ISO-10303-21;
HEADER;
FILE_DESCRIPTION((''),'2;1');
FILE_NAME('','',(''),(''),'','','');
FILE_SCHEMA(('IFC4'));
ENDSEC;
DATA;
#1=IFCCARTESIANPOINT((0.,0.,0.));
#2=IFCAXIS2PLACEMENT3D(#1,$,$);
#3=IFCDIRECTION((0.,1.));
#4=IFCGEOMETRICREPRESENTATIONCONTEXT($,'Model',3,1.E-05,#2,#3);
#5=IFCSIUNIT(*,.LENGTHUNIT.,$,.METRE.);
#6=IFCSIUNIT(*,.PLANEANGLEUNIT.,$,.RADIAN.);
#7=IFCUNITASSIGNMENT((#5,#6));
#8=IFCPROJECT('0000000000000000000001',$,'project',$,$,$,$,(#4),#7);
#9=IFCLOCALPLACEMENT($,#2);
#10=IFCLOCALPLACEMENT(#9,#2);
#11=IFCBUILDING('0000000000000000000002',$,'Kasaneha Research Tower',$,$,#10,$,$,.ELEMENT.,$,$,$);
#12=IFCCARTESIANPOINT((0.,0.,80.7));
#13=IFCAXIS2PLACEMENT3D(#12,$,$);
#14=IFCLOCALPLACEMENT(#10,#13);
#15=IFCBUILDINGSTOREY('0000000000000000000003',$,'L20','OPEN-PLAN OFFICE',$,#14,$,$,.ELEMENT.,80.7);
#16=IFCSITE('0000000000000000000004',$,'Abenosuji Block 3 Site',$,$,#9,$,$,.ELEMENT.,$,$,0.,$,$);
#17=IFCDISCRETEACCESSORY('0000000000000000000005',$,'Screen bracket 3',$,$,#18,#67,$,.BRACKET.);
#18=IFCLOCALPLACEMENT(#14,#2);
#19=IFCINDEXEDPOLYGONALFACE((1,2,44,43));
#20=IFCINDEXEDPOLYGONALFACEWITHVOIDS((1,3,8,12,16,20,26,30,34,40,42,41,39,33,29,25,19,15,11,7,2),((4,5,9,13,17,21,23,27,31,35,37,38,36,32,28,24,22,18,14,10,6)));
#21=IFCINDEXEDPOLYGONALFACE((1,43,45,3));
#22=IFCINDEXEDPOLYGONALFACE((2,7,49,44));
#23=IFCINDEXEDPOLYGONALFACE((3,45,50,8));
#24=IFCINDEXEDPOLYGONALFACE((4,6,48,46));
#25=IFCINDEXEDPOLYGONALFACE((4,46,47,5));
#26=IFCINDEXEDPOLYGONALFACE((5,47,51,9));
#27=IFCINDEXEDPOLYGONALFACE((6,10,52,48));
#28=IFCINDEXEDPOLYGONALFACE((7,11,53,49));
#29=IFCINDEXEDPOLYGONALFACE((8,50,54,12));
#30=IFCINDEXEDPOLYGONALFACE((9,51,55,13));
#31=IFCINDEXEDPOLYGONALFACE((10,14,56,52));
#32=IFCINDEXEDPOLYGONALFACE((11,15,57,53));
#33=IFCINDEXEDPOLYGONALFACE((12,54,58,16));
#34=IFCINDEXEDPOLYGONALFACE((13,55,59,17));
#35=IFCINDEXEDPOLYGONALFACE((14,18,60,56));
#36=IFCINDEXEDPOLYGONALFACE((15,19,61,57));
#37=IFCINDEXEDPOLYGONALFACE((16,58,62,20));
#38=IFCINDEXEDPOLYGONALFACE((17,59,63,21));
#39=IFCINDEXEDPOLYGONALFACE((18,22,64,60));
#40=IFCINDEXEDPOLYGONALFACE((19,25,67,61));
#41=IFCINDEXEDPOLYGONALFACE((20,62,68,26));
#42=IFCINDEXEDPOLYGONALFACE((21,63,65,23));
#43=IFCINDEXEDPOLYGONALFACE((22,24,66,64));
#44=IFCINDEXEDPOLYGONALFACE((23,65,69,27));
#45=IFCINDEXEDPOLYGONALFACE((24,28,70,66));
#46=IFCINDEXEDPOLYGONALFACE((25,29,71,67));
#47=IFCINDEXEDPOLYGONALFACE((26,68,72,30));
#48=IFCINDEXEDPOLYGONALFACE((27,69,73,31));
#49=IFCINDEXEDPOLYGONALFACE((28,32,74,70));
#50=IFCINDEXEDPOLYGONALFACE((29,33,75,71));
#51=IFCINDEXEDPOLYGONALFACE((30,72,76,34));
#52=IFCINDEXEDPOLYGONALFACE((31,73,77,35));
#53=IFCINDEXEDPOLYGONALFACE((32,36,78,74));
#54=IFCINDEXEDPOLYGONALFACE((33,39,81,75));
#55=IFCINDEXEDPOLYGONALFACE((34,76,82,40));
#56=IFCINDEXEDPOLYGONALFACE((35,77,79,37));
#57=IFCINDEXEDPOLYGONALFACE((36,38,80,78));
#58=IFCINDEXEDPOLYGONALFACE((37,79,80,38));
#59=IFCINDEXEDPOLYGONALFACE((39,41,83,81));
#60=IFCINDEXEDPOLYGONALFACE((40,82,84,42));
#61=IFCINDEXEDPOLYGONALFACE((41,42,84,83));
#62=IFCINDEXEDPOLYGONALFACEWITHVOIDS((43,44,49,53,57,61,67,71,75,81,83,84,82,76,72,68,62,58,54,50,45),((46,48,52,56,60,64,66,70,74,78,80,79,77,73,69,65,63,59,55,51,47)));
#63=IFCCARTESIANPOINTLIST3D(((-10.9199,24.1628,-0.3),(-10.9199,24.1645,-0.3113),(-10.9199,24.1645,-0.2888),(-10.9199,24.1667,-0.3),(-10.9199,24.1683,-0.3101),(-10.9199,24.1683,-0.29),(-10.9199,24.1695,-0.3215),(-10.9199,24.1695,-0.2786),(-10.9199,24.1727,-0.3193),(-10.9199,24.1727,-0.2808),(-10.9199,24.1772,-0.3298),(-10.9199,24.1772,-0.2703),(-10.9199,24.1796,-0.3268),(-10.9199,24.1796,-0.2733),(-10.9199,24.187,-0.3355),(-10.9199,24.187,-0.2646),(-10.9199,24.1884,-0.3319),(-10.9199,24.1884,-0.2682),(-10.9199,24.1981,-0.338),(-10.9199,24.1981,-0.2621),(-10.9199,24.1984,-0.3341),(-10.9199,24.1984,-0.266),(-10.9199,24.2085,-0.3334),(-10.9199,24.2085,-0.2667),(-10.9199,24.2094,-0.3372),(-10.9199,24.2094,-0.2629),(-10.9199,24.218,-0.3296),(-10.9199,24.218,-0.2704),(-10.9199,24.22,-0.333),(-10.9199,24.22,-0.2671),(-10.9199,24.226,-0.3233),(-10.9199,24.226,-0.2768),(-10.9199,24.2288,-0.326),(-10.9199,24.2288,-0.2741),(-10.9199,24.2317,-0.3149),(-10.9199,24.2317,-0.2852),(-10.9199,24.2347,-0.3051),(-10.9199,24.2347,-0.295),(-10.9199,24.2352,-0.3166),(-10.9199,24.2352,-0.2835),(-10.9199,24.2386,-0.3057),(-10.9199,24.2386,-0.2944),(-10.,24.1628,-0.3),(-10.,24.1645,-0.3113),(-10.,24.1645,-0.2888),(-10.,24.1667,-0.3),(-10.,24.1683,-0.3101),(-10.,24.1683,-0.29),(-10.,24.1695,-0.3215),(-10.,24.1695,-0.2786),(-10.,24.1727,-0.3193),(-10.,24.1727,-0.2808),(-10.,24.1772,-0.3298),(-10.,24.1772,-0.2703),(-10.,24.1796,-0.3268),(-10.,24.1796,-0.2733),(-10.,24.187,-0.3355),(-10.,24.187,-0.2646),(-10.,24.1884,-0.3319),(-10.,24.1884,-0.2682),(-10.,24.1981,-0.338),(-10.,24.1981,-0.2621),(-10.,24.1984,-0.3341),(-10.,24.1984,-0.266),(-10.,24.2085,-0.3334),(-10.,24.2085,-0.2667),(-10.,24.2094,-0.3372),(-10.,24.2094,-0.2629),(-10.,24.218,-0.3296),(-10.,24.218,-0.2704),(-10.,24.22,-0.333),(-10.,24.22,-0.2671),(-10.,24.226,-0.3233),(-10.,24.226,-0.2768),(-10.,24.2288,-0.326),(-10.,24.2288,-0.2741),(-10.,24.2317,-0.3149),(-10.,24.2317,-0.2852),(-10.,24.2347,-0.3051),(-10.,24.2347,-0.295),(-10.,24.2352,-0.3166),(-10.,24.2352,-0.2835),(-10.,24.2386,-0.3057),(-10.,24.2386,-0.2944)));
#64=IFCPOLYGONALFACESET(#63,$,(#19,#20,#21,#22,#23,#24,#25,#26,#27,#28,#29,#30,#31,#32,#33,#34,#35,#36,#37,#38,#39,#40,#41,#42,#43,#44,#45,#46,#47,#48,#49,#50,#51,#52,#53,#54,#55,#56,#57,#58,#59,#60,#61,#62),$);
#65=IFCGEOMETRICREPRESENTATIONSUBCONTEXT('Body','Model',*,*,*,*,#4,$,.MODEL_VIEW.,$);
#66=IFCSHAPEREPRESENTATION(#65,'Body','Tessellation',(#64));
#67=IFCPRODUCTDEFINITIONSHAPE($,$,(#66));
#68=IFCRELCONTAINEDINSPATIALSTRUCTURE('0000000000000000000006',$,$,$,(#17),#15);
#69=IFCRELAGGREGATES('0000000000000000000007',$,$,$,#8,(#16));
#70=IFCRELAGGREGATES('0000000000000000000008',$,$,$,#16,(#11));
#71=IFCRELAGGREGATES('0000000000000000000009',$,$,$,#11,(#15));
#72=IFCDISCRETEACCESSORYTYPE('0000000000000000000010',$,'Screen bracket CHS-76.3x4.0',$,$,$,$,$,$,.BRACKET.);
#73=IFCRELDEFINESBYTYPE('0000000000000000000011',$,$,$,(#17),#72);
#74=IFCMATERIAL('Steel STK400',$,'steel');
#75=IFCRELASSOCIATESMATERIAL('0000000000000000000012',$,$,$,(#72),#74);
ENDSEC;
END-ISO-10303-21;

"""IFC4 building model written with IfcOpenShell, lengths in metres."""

from ifc_helpers import new_model, si_unit, direction, frame, origin, origin_2d, place, context, subcontext, project, spatial, hollow_circle, extrude, material, material_profile, profile_set, type_object, element, save


model = new_model("IFC4")

# Units and contexts
model_context = context("Model", 3, precision=1e-05, world=origin(), true_north=direction((0.0, 1.0)))
body_context = subcontext(model_context, "Body", "Model", "MODEL_VIEW")
ifc_project = project(units=[si_unit("LENGTHUNIT", "METRE"), si_unit("PLANEANGLEUNIT", "RADIAN")], contexts=[model_context])

# Site, building, storey
site_placement = place(None, origin())
site = spatial("IfcSite", under=ifc_project, at=site_placement, Name="Abenosuji Block 3 Site", CompositionType="ELEMENT", RefElevation=0.0)
building_placement = place(site_placement, origin())
building = spatial("IfcBuilding", under=site, at=building_placement, Name="Kasaneha Research Tower", CompositionType="ELEMENT")
storey_placement = place(building_placement, frame((0.0, 0.0, 80.7)))
storey = spatial("IfcBuildingStorey", under=building, at=storey_placement, Name="L20", Description="OPEN-PLAN OFFICE", CompositionType="ELEMENT", Elevation=80.7)

# Discrete accessory
ifc_material_1 = material(Name="Steel STK400", Category="steel")
ifc_material_profile_1 = material_profile(ifc_material_1, hollow_circle(Radius=0.0381, WallThickness=0.0039, at=origin_2d()), Name="CHS-76.3x4.0")
ifc_profile_set_1 = profile_set([ifc_material_profile_1], Name="Steel STK400")
discrete_accessory_type = type_object("IfcDiscreteAccessoryType", Name="Screen bracket CHS-76.3x4.0", PredefinedType="BRACKET", material=ifc_profile_set_1)
for number, where, z_axis, x_axis, name in (
    (1, (-10.0, 24.2009, -0.3), (-1.0, 0.0, 0.0), (0.0, -1.0, 0.0), "Screen bracket 3"),
):
    element("IfcDiscreteAccessory", number, at=place(storey_placement, frame(where, z_axis=z_axis, x_axis=x_axis)), inside=storey, type_object=discrete_accessory_type, Name=name, PredefinedType="BRACKET", context=body_context, shape_type="SweptSolid", body=[
        extrude(hollow_circle(Radius=0.0381, WallThickness=0.0039, at=origin_2d()), origin(), (0.0, 0.0, 1.0), 0.9199),
    ])

save(model, "model.ifc")
